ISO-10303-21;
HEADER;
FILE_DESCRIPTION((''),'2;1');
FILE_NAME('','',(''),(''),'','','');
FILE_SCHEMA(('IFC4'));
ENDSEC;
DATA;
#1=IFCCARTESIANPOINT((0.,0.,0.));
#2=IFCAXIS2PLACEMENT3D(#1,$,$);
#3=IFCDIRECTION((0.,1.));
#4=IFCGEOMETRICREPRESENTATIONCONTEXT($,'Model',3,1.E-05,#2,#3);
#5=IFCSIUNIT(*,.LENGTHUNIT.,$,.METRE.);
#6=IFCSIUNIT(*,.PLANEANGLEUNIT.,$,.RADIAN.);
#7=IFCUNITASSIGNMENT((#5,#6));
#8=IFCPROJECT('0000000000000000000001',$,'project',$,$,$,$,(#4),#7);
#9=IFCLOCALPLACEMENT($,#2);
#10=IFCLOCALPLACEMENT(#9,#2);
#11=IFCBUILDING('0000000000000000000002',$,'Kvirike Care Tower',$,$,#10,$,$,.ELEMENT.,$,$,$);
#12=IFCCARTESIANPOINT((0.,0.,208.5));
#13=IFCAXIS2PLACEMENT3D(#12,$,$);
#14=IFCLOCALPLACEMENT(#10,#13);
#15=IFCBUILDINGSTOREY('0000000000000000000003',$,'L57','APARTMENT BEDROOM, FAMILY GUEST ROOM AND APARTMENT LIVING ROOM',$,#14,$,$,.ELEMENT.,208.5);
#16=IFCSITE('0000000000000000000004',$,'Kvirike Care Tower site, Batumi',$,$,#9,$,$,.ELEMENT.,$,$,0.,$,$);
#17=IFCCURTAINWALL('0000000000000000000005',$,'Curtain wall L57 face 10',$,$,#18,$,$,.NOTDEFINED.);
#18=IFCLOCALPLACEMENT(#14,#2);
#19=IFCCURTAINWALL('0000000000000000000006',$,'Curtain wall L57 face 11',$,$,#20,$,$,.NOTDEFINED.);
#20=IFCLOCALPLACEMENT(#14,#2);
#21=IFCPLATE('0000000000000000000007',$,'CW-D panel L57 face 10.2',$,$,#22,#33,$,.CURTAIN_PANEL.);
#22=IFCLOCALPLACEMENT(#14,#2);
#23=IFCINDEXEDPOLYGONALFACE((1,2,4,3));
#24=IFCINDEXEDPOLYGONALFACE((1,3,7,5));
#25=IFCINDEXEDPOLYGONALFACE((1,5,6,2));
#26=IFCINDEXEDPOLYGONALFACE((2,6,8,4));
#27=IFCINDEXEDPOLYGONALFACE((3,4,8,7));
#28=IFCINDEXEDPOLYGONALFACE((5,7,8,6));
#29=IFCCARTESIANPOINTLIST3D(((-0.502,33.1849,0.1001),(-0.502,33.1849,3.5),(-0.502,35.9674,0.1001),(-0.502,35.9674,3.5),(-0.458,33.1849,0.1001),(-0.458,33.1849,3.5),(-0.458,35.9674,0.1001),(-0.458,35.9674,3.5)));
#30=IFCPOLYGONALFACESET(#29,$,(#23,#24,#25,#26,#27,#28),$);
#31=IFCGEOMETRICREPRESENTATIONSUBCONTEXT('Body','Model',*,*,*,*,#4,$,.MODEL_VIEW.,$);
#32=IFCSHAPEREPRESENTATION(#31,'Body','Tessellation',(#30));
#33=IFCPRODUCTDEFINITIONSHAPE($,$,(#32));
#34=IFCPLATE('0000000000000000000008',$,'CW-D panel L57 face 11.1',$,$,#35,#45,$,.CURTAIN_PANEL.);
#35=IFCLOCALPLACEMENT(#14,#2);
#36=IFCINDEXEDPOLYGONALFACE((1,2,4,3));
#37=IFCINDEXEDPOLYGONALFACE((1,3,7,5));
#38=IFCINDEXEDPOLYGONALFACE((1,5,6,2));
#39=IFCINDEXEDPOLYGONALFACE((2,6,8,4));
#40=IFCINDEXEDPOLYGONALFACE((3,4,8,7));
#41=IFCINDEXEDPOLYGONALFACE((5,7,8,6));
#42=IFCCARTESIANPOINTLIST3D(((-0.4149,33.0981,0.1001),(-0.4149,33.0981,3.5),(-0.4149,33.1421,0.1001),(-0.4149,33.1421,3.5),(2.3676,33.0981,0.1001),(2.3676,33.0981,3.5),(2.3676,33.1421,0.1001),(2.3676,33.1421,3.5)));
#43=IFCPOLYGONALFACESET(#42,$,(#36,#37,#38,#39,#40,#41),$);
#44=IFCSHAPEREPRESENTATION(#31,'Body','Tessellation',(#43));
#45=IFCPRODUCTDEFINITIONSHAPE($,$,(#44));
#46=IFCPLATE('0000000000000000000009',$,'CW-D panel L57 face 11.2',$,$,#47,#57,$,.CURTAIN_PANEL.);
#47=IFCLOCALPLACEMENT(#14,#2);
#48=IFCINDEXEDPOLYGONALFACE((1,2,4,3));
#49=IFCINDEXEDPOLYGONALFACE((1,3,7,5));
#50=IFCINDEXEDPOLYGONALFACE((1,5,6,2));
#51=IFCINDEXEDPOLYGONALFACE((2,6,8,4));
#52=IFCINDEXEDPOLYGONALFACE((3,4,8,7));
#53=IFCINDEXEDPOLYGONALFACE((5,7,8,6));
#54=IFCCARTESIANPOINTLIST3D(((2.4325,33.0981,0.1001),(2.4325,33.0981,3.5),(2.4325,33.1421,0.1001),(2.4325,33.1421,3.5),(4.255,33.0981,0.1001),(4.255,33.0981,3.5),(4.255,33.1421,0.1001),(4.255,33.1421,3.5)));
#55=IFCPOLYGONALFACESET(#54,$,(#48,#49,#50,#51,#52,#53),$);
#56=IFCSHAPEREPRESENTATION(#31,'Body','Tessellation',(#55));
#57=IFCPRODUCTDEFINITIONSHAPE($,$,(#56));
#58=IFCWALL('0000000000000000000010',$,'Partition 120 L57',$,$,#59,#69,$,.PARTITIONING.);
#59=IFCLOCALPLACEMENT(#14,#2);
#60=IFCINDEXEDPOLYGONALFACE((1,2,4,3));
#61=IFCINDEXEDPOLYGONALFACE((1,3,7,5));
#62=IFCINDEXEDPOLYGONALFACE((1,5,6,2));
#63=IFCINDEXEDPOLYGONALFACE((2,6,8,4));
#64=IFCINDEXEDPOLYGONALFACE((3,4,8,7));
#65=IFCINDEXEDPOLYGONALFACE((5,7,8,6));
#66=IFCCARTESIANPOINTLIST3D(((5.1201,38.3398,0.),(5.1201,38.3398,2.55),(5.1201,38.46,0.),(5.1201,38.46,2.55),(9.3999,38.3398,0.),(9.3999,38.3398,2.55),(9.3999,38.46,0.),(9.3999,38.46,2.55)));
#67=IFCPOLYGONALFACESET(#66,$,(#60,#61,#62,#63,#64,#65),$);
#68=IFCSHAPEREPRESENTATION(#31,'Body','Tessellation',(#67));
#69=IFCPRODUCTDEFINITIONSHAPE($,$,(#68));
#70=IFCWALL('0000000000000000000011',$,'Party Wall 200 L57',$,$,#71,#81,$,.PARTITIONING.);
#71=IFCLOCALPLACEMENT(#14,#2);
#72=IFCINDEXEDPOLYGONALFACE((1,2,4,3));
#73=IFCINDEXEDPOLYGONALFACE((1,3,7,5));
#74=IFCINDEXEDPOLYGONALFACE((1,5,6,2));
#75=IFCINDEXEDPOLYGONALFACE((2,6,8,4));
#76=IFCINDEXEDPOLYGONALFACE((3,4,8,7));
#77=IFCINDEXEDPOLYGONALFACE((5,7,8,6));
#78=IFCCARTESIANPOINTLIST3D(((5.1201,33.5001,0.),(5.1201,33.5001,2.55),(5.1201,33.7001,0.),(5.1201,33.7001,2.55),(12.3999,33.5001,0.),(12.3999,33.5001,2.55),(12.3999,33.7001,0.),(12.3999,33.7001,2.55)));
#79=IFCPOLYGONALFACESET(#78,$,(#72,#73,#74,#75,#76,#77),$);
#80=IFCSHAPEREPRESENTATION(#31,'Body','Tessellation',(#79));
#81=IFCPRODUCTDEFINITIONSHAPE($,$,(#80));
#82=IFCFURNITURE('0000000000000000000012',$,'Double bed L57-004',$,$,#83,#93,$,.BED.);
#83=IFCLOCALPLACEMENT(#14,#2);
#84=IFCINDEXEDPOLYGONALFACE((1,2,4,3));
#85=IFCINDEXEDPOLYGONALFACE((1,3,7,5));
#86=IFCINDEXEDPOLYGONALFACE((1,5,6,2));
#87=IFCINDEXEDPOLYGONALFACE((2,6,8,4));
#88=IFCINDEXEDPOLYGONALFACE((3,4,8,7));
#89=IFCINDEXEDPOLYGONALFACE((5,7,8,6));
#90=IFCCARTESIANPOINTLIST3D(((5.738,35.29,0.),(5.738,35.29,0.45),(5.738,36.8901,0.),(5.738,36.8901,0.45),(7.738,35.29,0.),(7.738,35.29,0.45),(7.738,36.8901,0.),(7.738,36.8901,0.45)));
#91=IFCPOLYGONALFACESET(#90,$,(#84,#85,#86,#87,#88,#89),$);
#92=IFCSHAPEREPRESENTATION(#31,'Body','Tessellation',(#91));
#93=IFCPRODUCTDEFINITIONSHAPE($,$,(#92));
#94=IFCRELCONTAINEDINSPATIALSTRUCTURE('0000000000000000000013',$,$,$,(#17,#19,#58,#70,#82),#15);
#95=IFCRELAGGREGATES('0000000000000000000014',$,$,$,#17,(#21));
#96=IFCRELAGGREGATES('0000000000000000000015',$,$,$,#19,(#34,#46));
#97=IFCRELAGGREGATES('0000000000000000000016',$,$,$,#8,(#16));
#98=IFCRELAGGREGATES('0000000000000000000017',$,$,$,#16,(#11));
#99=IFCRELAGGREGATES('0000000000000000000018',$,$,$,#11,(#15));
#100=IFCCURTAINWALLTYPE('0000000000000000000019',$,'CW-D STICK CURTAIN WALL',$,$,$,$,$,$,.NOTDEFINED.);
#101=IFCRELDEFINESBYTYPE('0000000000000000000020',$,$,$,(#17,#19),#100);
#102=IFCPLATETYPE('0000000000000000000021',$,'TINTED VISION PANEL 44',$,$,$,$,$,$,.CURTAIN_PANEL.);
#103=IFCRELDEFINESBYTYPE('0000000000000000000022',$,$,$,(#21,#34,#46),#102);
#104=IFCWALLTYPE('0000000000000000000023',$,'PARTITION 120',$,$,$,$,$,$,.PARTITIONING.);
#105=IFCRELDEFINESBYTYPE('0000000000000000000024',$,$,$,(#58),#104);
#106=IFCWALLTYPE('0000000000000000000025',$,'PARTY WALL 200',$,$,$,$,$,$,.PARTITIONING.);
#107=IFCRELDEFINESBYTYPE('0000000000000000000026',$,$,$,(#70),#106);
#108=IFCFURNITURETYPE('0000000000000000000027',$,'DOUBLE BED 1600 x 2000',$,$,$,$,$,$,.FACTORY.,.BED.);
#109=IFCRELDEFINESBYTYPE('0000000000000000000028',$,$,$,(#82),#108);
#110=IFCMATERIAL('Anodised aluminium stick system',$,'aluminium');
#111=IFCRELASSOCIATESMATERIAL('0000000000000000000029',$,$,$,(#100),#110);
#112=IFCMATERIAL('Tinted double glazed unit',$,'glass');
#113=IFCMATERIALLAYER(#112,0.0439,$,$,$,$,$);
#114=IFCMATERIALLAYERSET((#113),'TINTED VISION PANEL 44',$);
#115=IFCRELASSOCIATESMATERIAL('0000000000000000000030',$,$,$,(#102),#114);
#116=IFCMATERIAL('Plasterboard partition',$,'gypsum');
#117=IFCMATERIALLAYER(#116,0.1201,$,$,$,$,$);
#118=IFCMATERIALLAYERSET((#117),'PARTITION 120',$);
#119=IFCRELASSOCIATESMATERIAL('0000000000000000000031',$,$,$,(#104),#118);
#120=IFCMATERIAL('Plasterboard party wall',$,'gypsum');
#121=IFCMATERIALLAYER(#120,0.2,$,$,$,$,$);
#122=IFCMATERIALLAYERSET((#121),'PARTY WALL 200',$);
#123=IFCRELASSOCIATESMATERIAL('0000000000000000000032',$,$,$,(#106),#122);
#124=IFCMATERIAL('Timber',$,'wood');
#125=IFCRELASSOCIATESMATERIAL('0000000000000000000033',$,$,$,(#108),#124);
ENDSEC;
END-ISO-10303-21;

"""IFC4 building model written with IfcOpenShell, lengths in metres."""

from ifc_helpers import new_model, si_unit, direction, frame, frame_2d, origin, origin_2d, place, context, subcontext, project, spatial, rectangle, extrude, material, layer, layer_set, type_object, element, aggregate, save


model = new_model("IFC4")

# Units and contexts
model_context = context("Model", 3, precision=1e-05, world=origin(), true_north=direction((0.0, 1.0)))
body_context = subcontext(model_context, "Body", "Model", "MODEL_VIEW")
ifc_project = project(units=[si_unit("LENGTHUNIT", "METRE"), si_unit("PLANEANGLEUNIT", "RADIAN")], contexts=[model_context])

# Site, building, storey
site_placement = place(None, origin())
site = spatial("IfcSite", under=ifc_project, at=site_placement, Name="Kvirike Care Tower site, Batumi", CompositionType="ELEMENT", RefElevation=0.0)
building_placement = place(site_placement, origin())
building = spatial("IfcBuilding", under=site, at=building_placement, Name="Kvirike Care Tower", CompositionType="ELEMENT")
storey_placement = place(building_placement, frame((0.0, 0.0, 208.5)))
storey = spatial("IfcBuildingStorey", under=building, at=storey_placement, Name="L57", Description="APARTMENT BEDROOM, FAMILY GUEST ROOM AND APARTMENT LIVING ROOM", CompositionType="ELEMENT", Elevation=208.5)

# Curtain walls
ifc_material_1 = material(Name="Anodised aluminium stick system", Category="aluminium")
curtain_wall_type = type_object("IfcCurtainWallType", Name="CW-D STICK CURTAIN WALL", PredefinedType="NOTDEFINED", material=ifc_material_1)
curtain_wall_1_placement = place(storey_placement, origin())
curtain_wall_1 = element("IfcCurtainWall", 1, at=curtain_wall_1_placement, inside=storey, type_object=curtain_wall_type, Name="Curtain wall L57 face 10", PredefinedType="NOTDEFINED")
curtain_wall_2_placement = place(storey_placement, origin())
curtain_wall_2 = element("IfcCurtainWall", 2, at=curtain_wall_2_placement, inside=storey, type_object=curtain_wall_type, Name="Curtain wall L57 face 11", PredefinedType="NOTDEFINED")

# Plates
ifc_material_2 = material(Name="Tinted double glazed unit", Category="glass")
ifc_layer_1 = layer(ifc_material_2, 0.0439)
ifc_layer_set_1 = layer_set([ifc_layer_1], Name="TINTED VISION PANEL 44")
plate_type = type_object("IfcPlateType", Name="TINTED VISION PANEL 44", PredefinedType="CURTAIN_PANEL", material=ifc_layer_set_1)
plate_1_placement = place(storey_placement, frame((-0.48, 34.5762, 0.1001), z_axis=(0.0, 0.0, 1.0), x_axis=(0.0, -1.0, 0.0)))
plate_1 = element("IfcPlate", 3, at=plate_1_placement, type_object=plate_type, Name="CW-D panel L57 face 10.2", PredefinedType="CURTAIN_PANEL", context=body_context, shape_type="SweptSolid", body=[
    extrude(rectangle(XDim=2.7825, YDim=0.0439, at=origin_2d()), origin(), (0.0, 0.0, 1.0), 3.3999),
])
aggregate(curtain_wall_1, [plate_1])
plate_2_placement = place(storey_placement, frame((0.9763, 33.1201, 0.1001), z_axis=(0.0, 0.0, 1.0), x_axis=(1.0, 0.0, 0.0)))
plate_2 = element("IfcPlate", 4, at=plate_2_placement, type_object=plate_type, Name="CW-D panel L57 face 11.1", PredefinedType="CURTAIN_PANEL", context=body_context, shape_type="SweptSolid", body=[
    extrude(rectangle(XDim=2.7825, YDim=0.0439, at=origin_2d()), origin(), (0.0, 0.0, 1.0), 3.3999),
])
plate_3_placement = place(storey_placement, frame((3.3438, 33.1201, 0.1001), z_axis=(0.0, 0.0, 1.0), x_axis=(1.0, 0.0, 0.0)))
plate_3 = element("IfcPlate", 5, at=plate_3_placement, type_object=plate_type, Name="CW-D panel L57 face 11.2", PredefinedType="CURTAIN_PANEL", context=body_context, shape_type="SweptSolid", body=[
    extrude(rectangle(XDim=1.8225, YDim=0.0439, at=origin_2d()), origin(), (0.0, 0.0, 1.0), 3.3999),
])
aggregate(curtain_wall_2, [plate_2, plate_3])

# Walls
ifc_material_3 = material(Name="Plasterboard partition", Category="gypsum")
ifc_layer_2 = layer(ifc_material_3, 0.1201)
ifc_layer_set_2 = layer_set([ifc_layer_2], Name="PARTITION 120")
wall_type_1 = type_object("IfcWallType", Name="PARTITION 120", PredefinedType="PARTITIONING", material=ifc_layer_set_2)
wall_1_placement = place(storey_placement, frame((5.1201, 38.3999, 0.0), z_axis=(0.0, 0.0, 1.0), x_axis=(1.0, 0.0, 0.0)))
element("IfcWall", 6, at=wall_1_placement, inside=storey, type_object=wall_type_1, Name="Partition 120 L57", PredefinedType="PARTITIONING", context=body_context, shape_type="SweptSolid", body=[
    extrude(rectangle(XDim=4.2798, YDim=0.1201, at=frame_2d((2.1399, 0.0))), origin(), (0.0, 0.0, 1.0), 2.55),
])
ifc_material_4 = material(Name="Plasterboard party wall", Category="gypsum")
ifc_layer_3 = layer(ifc_material_4, 0.2)
ifc_layer_set_3 = layer_set([ifc_layer_3], Name="PARTY WALL 200")
wall_type_2 = type_object("IfcWallType", Name="PARTY WALL 200", PredefinedType="PARTITIONING", material=ifc_layer_set_3)
wall_2_placement = place(storey_placement, frame((5.1201, 33.6001, 0.0), z_axis=(0.0, 0.0, 1.0), x_axis=(1.0, 0.0, 0.0)))
element("IfcWall", 7, at=wall_2_placement, inside=storey, type_object=wall_type_2, Name="Party Wall 200 L57", PredefinedType="PARTITIONING", context=body_context, shape_type="SweptSolid", body=[
    extrude(rectangle(XDim=7.2798, YDim=0.2, at=frame_2d((3.6399, 0.0))), origin(), (0.0, 0.0, 1.0), 2.55),
])

# Furniture
ifc_material_5 = material(Name="Timber", Category="wood")
furniture_type = type_object("IfcFurnitureType", Name="DOUBLE BED 1600 x 2000", AssemblyPlace="FACTORY", PredefinedType="BED", material=ifc_material_5)
furniture_placement = place(storey_placement, frame((6.738, 36.0901, 0.0), z_axis=(0.0, 0.0, 1.0), x_axis=(0.0, -1.0, 0.0)))
element("IfcFurniture", 8, at=furniture_placement, inside=storey, type_object=furniture_type, Name="Double bed L57-004", PredefinedType="BED", context=body_context, shape_type="SweptSolid", body=[
    extrude(rectangle(XDim=1.6001, YDim=2.0, at=origin_2d()), origin(), (0.0, 0.0, 1.0), 0.45),
])

save(model, "model.ifc")
